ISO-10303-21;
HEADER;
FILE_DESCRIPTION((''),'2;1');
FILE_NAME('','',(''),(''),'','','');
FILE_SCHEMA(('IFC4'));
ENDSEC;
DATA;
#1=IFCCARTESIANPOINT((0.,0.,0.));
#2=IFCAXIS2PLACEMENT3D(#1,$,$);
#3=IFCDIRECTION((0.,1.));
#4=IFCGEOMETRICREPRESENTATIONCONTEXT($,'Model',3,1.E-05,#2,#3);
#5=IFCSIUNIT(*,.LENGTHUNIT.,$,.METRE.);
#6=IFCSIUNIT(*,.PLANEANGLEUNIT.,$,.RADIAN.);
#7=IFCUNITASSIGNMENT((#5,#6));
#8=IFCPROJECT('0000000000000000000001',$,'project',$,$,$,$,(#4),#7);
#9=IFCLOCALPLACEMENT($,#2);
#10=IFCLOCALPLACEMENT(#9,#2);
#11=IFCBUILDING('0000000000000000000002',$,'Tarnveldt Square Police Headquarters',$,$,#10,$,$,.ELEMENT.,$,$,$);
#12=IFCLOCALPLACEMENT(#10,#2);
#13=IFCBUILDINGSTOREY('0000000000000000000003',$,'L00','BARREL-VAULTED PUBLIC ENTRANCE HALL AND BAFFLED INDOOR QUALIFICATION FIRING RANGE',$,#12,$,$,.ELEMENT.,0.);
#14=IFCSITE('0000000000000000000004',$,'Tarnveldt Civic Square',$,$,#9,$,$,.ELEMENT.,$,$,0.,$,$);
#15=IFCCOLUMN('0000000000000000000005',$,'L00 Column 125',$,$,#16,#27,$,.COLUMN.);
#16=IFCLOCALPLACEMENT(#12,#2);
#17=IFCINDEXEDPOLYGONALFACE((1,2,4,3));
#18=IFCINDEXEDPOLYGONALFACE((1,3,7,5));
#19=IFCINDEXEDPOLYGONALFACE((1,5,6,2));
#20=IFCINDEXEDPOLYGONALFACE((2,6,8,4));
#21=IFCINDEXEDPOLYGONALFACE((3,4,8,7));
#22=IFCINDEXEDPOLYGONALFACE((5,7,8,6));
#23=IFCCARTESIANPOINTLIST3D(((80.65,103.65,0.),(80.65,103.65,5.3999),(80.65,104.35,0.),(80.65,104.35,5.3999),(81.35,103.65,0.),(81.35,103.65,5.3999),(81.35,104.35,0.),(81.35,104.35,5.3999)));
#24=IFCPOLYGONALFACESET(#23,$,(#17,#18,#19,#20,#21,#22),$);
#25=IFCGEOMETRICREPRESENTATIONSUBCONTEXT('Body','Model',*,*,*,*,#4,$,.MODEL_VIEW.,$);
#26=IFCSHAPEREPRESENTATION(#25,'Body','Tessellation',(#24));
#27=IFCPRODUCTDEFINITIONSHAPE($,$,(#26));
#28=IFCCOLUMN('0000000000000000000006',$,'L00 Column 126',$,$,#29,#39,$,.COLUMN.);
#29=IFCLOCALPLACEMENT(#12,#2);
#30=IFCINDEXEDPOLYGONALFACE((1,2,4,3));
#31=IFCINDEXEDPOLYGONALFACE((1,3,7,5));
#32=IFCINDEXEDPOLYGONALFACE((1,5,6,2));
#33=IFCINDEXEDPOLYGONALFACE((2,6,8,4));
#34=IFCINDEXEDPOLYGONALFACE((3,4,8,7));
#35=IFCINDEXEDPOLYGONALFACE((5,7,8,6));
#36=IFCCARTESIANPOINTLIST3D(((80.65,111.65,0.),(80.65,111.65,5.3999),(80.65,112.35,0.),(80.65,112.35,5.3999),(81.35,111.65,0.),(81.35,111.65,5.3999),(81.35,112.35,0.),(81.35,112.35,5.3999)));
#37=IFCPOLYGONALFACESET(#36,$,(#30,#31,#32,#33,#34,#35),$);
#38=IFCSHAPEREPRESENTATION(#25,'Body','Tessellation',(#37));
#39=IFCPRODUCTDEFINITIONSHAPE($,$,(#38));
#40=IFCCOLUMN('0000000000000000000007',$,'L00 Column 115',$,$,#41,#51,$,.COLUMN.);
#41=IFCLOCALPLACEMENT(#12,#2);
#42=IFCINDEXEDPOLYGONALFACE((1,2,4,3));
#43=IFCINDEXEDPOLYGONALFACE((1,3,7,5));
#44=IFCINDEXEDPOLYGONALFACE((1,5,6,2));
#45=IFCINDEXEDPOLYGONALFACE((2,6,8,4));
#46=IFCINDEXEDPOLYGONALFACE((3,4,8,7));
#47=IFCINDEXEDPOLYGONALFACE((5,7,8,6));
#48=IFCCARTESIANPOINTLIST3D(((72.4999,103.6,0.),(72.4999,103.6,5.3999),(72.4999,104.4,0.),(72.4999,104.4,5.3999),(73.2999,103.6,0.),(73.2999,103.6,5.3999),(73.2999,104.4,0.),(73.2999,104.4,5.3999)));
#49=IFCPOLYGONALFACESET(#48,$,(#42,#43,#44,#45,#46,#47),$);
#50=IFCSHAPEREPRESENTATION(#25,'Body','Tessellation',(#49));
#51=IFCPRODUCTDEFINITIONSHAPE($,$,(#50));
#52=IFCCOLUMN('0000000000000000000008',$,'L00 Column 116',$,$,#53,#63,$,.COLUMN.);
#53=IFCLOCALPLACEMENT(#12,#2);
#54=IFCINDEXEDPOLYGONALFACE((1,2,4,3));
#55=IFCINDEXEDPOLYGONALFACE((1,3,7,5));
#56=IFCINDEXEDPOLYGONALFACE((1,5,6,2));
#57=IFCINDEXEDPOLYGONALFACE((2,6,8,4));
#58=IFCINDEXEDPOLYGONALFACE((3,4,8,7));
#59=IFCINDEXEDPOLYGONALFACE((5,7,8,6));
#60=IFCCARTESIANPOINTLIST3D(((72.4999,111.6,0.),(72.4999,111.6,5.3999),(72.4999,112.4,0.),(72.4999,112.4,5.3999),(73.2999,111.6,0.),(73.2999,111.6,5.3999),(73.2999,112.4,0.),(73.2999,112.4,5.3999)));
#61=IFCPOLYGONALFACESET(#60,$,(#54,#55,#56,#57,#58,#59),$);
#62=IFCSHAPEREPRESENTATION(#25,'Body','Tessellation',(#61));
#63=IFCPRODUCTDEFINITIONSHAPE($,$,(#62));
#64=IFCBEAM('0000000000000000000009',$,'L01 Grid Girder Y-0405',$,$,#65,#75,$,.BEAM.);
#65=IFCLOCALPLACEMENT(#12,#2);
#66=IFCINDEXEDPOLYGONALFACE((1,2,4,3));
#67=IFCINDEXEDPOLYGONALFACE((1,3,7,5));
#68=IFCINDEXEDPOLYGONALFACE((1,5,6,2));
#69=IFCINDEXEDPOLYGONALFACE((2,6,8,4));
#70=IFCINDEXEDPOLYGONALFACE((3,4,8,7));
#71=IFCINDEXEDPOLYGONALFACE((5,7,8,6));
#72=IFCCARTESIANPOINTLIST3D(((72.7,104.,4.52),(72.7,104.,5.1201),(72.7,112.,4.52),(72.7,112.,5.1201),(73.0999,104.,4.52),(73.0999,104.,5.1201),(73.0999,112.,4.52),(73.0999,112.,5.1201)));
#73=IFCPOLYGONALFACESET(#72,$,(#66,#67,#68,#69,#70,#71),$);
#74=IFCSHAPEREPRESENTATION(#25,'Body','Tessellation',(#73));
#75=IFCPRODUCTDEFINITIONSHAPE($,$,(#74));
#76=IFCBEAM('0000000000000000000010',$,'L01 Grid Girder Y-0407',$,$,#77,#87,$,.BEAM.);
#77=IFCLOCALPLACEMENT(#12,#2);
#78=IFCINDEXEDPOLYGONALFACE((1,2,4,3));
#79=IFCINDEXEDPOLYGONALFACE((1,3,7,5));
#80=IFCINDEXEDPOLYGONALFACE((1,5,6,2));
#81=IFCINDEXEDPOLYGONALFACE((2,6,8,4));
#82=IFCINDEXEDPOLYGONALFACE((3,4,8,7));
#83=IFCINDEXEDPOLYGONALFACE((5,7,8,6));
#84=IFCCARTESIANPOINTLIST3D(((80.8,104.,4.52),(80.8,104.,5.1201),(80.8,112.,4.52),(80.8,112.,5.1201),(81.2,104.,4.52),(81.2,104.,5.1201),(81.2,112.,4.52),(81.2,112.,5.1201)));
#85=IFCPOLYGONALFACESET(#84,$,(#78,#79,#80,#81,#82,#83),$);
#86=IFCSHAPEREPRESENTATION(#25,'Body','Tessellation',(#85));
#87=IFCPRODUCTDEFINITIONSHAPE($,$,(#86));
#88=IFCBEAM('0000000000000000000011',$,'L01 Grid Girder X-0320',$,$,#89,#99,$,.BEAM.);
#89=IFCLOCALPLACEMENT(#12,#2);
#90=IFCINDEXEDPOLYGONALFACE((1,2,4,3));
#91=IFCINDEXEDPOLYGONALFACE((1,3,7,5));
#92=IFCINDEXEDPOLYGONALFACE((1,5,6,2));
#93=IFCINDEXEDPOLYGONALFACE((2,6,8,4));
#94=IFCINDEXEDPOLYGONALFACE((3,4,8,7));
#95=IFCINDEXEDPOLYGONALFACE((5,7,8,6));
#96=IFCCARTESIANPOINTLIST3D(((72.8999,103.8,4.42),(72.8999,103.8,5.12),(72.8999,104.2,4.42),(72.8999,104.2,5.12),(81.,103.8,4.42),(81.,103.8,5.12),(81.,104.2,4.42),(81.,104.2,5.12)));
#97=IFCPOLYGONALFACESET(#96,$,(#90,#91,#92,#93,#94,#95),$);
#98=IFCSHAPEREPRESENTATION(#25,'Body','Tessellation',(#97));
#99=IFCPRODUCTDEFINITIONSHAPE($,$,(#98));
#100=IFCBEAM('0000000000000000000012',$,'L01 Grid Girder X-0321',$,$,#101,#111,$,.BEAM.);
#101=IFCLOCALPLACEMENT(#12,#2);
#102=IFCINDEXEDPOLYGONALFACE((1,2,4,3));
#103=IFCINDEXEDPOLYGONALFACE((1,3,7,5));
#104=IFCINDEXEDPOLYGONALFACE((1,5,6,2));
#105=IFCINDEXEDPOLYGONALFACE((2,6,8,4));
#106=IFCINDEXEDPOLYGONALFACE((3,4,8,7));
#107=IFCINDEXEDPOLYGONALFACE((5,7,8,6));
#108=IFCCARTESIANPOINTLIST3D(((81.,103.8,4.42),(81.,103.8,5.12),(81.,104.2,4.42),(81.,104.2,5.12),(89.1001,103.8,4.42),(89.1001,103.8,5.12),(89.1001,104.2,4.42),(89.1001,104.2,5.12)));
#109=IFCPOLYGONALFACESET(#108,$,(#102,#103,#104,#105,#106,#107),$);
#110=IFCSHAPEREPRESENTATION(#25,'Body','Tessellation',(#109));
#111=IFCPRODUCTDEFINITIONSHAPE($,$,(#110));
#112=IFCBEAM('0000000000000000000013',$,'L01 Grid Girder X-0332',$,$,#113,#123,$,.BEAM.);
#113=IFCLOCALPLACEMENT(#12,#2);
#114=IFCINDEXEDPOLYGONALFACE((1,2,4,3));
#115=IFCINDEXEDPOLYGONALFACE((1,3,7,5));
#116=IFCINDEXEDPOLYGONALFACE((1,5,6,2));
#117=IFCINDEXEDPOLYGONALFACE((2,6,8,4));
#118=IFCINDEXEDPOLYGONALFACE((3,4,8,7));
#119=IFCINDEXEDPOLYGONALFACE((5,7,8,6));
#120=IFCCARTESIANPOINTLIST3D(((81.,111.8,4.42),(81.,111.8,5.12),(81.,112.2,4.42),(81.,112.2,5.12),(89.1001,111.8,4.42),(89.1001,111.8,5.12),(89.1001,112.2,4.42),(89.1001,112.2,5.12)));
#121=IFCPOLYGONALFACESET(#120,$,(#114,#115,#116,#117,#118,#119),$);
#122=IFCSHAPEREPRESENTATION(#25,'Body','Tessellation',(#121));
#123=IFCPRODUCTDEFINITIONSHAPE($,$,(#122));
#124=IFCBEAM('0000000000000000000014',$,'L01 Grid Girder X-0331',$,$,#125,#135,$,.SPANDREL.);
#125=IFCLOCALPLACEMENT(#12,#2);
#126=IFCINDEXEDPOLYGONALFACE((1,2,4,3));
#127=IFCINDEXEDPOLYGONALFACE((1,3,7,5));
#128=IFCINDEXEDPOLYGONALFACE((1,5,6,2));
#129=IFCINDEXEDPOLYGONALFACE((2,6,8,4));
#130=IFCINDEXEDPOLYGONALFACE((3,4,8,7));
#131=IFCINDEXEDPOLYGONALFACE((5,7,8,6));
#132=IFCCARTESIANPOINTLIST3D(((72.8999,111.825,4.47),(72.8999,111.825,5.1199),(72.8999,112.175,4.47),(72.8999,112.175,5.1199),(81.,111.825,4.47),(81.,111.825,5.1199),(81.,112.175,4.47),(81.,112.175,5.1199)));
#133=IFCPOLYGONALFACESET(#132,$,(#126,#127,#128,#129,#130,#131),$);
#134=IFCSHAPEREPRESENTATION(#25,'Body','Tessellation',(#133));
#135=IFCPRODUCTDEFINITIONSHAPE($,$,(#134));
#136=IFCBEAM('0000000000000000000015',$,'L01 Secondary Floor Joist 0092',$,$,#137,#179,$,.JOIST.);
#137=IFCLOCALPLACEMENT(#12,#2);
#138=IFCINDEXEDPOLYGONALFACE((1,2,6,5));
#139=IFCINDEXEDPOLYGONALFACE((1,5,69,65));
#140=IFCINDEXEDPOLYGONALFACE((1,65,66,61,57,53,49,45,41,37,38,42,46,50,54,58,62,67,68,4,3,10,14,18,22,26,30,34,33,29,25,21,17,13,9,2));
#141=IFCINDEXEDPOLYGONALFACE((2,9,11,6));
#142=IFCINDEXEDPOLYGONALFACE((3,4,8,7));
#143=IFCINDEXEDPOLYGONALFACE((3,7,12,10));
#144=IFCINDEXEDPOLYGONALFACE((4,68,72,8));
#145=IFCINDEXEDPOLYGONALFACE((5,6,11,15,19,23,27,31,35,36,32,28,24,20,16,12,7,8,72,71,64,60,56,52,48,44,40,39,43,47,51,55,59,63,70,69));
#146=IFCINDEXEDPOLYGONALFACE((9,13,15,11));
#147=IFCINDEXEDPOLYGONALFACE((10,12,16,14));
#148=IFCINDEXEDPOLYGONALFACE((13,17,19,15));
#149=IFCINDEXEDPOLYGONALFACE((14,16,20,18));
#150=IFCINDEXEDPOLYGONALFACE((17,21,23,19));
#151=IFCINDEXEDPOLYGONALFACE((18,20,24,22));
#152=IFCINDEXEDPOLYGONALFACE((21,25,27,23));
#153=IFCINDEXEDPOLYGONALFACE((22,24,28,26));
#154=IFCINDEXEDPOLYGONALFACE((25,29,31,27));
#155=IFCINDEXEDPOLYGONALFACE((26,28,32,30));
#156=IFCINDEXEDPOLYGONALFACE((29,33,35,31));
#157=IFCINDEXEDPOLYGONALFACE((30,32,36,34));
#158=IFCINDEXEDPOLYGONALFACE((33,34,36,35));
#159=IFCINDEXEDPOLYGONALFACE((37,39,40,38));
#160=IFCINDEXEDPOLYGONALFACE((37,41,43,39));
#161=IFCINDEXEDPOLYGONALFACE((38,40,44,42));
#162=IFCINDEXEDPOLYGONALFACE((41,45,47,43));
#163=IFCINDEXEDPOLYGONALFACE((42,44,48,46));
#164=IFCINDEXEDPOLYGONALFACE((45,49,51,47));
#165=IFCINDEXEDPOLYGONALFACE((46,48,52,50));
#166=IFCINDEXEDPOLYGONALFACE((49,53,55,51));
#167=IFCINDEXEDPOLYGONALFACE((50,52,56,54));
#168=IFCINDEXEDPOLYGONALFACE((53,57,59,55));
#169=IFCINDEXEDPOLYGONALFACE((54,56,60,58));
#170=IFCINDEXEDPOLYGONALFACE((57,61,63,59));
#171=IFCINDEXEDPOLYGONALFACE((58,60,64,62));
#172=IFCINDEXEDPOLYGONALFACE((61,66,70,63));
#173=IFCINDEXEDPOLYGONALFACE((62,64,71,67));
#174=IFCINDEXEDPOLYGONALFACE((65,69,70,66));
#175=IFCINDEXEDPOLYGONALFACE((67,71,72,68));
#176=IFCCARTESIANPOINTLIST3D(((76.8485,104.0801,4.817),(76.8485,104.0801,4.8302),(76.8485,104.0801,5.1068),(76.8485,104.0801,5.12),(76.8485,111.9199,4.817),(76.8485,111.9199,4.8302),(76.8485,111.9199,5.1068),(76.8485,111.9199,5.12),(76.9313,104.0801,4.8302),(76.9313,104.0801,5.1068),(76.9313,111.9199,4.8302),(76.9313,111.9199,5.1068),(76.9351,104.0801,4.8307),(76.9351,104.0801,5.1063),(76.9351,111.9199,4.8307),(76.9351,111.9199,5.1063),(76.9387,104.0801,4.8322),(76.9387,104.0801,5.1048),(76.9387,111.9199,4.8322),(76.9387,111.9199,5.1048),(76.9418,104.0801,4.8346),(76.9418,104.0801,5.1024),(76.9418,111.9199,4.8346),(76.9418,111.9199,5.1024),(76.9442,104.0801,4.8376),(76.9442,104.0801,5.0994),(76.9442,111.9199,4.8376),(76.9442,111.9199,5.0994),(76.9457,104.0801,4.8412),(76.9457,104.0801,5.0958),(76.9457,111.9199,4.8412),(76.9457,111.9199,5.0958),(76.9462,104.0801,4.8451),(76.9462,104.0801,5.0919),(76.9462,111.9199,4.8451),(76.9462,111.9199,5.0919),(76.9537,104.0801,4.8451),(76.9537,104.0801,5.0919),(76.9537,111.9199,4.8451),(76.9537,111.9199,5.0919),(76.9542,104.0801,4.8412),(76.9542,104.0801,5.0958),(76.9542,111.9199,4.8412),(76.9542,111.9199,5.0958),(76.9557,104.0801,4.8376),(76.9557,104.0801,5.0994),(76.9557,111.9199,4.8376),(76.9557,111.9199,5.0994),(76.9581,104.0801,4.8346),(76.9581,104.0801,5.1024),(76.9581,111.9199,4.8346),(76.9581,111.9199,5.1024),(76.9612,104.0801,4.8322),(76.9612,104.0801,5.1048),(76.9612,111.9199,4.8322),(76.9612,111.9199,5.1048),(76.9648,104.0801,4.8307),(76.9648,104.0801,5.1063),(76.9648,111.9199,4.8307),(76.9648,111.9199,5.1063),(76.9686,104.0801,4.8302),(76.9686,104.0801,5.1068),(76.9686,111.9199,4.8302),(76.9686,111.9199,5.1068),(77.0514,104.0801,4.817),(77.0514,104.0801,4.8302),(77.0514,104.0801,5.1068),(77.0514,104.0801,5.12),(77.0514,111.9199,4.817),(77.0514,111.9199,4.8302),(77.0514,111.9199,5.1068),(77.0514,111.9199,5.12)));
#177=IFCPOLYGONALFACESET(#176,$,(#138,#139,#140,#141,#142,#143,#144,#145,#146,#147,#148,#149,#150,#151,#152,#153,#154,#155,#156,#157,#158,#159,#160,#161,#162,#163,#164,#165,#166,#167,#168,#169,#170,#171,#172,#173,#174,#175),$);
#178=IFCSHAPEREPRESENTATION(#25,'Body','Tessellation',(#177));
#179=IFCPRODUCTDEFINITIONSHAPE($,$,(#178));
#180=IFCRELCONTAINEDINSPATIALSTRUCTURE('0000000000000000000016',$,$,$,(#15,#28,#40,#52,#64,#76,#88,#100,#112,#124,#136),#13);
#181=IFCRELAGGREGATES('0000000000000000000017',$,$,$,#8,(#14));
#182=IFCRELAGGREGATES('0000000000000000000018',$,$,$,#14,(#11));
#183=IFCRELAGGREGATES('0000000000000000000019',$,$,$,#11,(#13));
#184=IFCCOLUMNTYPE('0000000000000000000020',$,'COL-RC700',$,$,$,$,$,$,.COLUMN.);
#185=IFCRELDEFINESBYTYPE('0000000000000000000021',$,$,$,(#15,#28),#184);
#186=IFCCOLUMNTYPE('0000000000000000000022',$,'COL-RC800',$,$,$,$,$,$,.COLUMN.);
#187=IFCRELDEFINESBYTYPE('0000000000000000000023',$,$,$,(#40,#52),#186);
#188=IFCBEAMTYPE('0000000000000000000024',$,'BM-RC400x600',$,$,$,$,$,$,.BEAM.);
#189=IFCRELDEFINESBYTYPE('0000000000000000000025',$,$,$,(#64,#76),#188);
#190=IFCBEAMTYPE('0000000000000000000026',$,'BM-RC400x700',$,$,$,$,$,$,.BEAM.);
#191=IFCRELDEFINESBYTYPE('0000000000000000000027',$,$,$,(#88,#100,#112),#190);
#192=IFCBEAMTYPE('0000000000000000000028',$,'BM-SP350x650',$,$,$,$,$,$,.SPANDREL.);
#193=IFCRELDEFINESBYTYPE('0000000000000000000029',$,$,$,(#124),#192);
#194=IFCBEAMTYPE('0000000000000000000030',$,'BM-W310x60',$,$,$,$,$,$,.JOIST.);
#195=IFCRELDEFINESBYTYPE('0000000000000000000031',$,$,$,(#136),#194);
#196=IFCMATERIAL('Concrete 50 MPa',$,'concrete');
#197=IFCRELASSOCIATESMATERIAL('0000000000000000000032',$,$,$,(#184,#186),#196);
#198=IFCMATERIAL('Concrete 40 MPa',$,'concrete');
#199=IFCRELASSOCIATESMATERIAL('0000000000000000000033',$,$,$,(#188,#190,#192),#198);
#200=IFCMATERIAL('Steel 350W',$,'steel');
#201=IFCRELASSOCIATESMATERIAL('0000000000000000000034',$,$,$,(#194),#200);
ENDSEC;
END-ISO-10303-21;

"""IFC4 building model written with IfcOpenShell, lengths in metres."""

from ifc_helpers import new_model, si_unit, direction, frame, origin, origin_2d, place, context, subcontext, project, spatial, rectangle, i_section, extrude, material, material_profile, profile_set, type_object, element, save


model = new_model("IFC4")

# Units and contexts
model_context = context("Model", 3, precision=1e-05, world=origin(), true_north=direction((0.0, 1.0)))
body_context = subcontext(model_context, "Body", "Model", "MODEL_VIEW")
ifc_project = project(units=[si_unit("LENGTHUNIT", "METRE"), si_unit("PLANEANGLEUNIT", "RADIAN")], contexts=[model_context])

# Site, building, storey
site_placement = place(None, origin())
site = spatial("IfcSite", under=ifc_project, at=site_placement, Name="Tarnveldt Civic Square", CompositionType="ELEMENT", RefElevation=0.0)
building_placement = place(site_placement, origin())
building = spatial("IfcBuilding", under=site, at=building_placement, Name="Tarnveldt Square Police Headquarters", CompositionType="ELEMENT")
storey_placement = place(building_placement, origin())
storey = spatial("IfcBuildingStorey", under=building, at=storey_placement, Name="L00", Description="BARREL-VAULTED PUBLIC ENTRANCE HALL AND BAFFLED INDOOR QUALIFICATION FIRING RANGE", CompositionType="ELEMENT", Elevation=0.0)

# Columns
ifc_material_1 = material(Name="Concrete 50 MPa", Category="concrete")
ifc_material_profile_1 = material_profile(ifc_material_1, rectangle(XDim=0.7, YDim=0.7, at=origin_2d()), Name="RC-C700x700")
ifc_profile_set_1 = profile_set([ifc_material_profile_1], Name="Concrete 50 MPa")
column_type_1 = type_object("IfcColumnType", Name="COL-RC700", PredefinedType="COLUMN", material=ifc_profile_set_1)
for number, where, z_axis, x_axis, name in (
    (1, (81.0, 104.0, 0.0), (0.0, 0.0, 1.0), (1.0, 0.0, 0.0), "L00 Column 125"),
    (2, (81.0, 112.0, 0.0), (0.0, 0.0, 1.0), (1.0, 0.0, 0.0), "L00 Column 126"),
):
    element("IfcColumn", number, at=place(storey_placement, frame(where, z_axis=z_axis, x_axis=x_axis)), inside=storey, type_object=column_type_1, Name=name, PredefinedType="COLUMN", context=body_context, shape_type="SweptSolid", body=[
        extrude(rectangle(XDim=0.7, YDim=0.7, at=origin_2d()), origin(), (0.0, 0.0, 1.0), 5.3999),
    ])
ifc_material_profile_2 = material_profile(ifc_material_1, rectangle(XDim=0.8, YDim=0.8, at=origin_2d()), Name="RC-C800x800")
ifc_profile_set_2 = profile_set([ifc_material_profile_2], Name="Concrete 50 MPa")
column_type_2 = type_object("IfcColumnType", Name="COL-RC800", PredefinedType="COLUMN", material=ifc_profile_set_2)
for number, where, z_axis, x_axis, name in (
    (3, (72.8999, 104.0, 0.0), (0.0, 0.0, 1.0), (1.0, 0.0, 0.0), "L00 Column 115"),
    (4, (72.8999, 112.0, 0.0), (0.0, 0.0, 1.0), (1.0, 0.0, 0.0), "L00 Column 116"),
):
    element("IfcColumn", number, at=place(storey_placement, frame(where, z_axis=z_axis, x_axis=x_axis)), inside=storey, type_object=column_type_2, Name=name, PredefinedType="COLUMN", context=body_context, shape_type="SweptSolid", body=[
        extrude(rectangle(XDim=0.8, YDim=0.8, at=origin_2d()), origin(), (0.0, 0.0, 1.0), 5.3999),
    ])

# Beams
ifc_material_2 = material(Name="Concrete 40 MPa", Category="concrete")
ifc_material_profile_3 = material_profile(ifc_material_2, rectangle(XDim=0.3999, YDim=0.6001, at=origin_2d()), Name="RC-B400x600")
ifc_profile_set_3 = profile_set([ifc_material_profile_3], Name="Concrete 40 MPa")
beam_type_1 = type_object("IfcBeamType", Name="BM-RC400x600", PredefinedType="BEAM", material=ifc_profile_set_3)
for number, where, z_axis, x_axis, name in (
    (5, (72.8999, 104.0, 4.8201), (0.0, 1.0, 0.0), (-1.0, 0.0, 0.0), "L01 Grid Girder Y-0405"),
    (6, (81.0, 104.0, 4.8201), (0.0, 1.0, 0.0), (-1.0, 0.0, 0.0), "L01 Grid Girder Y-0407"),
):
    element("IfcBeam", number, at=place(storey_placement, frame(where, z_axis=z_axis, x_axis=x_axis)), inside=storey, type_object=beam_type_1, Name=name, PredefinedType="BEAM", context=body_context, shape_type="SweptSolid", body=[
        extrude(rectangle(XDim=0.3999, YDim=0.6001, at=origin_2d()), origin(), (0.0, 0.0, 1.0), 8.0),
    ])
ifc_material_profile_4 = material_profile(ifc_material_2, rectangle(XDim=0.3999, YDim=0.7, at=origin_2d()), Name="RC-B400x700")
ifc_profile_set_4 = profile_set([ifc_material_profile_4], Name="Concrete 40 MPa")
beam_type_2 = type_object("IfcBeamType", Name="BM-RC400x700", PredefinedType="BEAM", material=ifc_profile_set_4)
for number, where, z_axis, x_axis, name in (
    (7, (72.8999, 104.0, 4.77), (1.0, 0.0, 0.0), (0.0, 1.0, 0.0), "L01 Grid Girder X-0320"),
    (8, (81.0, 104.0, 4.77), (1.0, 0.0, 0.0), (0.0, 1.0, 0.0), "L01 Grid Girder X-0321"),
    (9, (81.0, 112.0, 4.77), (1.0, 0.0, 0.0), (0.0, 1.0, 0.0), "L01 Grid Girder X-0332"),
):
    element("IfcBeam", number, at=place(storey_placement, frame(where, z_axis=z_axis, x_axis=x_axis)), inside=storey, type_object=beam_type_2, Name=name, PredefinedType="BEAM", context=body_context, shape_type="SweptSolid", body=[
        extrude(rectangle(XDim=0.3999, YDim=0.7, at=origin_2d()), origin(), (0.0, 0.0, 1.0), 8.1001),
    ])
ifc_material_profile_5 = material_profile(ifc_material_2, rectangle(XDim=0.3501, YDim=0.6499, at=origin_2d()), Name="RC-SP350x650")
ifc_profile_set_5 = profile_set([ifc_material_profile_5], Name="Concrete 40 MPa")
beam_type_3 = type_object("IfcBeamType", Name="BM-SP350x650", PredefinedType="SPANDREL", material=ifc_profile_set_5)
beam_1_placement = place(storey_placement, frame((72.8999, 112.0, 4.7949), z_axis=(1.0, 0.0, 0.0), x_axis=(0.0, 1.0, 0.0)))
element("IfcBeam", 10, at=beam_1_placement, inside=storey, type_object=beam_type_3, Name="L01 Grid Girder X-0331", PredefinedType="SPANDREL", context=body_context, shape_type="SweptSolid", body=[
    extrude(rectangle(XDim=0.3501, YDim=0.6499, at=origin_2d()), origin(), (0.0, 0.0, 1.0), 8.1001),
])
ifc_material_3 = material(Name="Steel 350W", Category="steel")
ifc_material_profile_6 = material_profile(ifc_material_3, i_section(OverallWidth=0.2029, OverallDepth=0.303, WebThickness=0.0076, FlangeThickness=0.0132, FilletRadius=0.0149, at=origin_2d()), Name="W310x60")
ifc_profile_set_6 = profile_set([ifc_material_profile_6], Name="Steel 350W")
beam_type_4 = type_object("IfcBeamType", Name="BM-W310x60", PredefinedType="JOIST", material=ifc_profile_set_6)
beam_2_placement = place(storey_placement, frame((76.95, 104.0801, 4.9685), z_axis=(0.0, 1.0, 0.0), x_axis=(-1.0, 0.0, 0.0)))
element("IfcBeam", 11, at=beam_2_placement, inside=storey, type_object=beam_type_4, Name="L01 Secondary Floor Joist 0092", PredefinedType="JOIST", context=body_context, shape_type="SweptSolid", body=[
    extrude(i_section(OverallWidth=0.2029, OverallDepth=0.303, WebThickness=0.0076, FlangeThickness=0.0132, FilletRadius=0.0149, at=origin_2d()), origin(), (0.0, 0.0, 1.0), 7.8398),
])

save(model, "model.ifc")
